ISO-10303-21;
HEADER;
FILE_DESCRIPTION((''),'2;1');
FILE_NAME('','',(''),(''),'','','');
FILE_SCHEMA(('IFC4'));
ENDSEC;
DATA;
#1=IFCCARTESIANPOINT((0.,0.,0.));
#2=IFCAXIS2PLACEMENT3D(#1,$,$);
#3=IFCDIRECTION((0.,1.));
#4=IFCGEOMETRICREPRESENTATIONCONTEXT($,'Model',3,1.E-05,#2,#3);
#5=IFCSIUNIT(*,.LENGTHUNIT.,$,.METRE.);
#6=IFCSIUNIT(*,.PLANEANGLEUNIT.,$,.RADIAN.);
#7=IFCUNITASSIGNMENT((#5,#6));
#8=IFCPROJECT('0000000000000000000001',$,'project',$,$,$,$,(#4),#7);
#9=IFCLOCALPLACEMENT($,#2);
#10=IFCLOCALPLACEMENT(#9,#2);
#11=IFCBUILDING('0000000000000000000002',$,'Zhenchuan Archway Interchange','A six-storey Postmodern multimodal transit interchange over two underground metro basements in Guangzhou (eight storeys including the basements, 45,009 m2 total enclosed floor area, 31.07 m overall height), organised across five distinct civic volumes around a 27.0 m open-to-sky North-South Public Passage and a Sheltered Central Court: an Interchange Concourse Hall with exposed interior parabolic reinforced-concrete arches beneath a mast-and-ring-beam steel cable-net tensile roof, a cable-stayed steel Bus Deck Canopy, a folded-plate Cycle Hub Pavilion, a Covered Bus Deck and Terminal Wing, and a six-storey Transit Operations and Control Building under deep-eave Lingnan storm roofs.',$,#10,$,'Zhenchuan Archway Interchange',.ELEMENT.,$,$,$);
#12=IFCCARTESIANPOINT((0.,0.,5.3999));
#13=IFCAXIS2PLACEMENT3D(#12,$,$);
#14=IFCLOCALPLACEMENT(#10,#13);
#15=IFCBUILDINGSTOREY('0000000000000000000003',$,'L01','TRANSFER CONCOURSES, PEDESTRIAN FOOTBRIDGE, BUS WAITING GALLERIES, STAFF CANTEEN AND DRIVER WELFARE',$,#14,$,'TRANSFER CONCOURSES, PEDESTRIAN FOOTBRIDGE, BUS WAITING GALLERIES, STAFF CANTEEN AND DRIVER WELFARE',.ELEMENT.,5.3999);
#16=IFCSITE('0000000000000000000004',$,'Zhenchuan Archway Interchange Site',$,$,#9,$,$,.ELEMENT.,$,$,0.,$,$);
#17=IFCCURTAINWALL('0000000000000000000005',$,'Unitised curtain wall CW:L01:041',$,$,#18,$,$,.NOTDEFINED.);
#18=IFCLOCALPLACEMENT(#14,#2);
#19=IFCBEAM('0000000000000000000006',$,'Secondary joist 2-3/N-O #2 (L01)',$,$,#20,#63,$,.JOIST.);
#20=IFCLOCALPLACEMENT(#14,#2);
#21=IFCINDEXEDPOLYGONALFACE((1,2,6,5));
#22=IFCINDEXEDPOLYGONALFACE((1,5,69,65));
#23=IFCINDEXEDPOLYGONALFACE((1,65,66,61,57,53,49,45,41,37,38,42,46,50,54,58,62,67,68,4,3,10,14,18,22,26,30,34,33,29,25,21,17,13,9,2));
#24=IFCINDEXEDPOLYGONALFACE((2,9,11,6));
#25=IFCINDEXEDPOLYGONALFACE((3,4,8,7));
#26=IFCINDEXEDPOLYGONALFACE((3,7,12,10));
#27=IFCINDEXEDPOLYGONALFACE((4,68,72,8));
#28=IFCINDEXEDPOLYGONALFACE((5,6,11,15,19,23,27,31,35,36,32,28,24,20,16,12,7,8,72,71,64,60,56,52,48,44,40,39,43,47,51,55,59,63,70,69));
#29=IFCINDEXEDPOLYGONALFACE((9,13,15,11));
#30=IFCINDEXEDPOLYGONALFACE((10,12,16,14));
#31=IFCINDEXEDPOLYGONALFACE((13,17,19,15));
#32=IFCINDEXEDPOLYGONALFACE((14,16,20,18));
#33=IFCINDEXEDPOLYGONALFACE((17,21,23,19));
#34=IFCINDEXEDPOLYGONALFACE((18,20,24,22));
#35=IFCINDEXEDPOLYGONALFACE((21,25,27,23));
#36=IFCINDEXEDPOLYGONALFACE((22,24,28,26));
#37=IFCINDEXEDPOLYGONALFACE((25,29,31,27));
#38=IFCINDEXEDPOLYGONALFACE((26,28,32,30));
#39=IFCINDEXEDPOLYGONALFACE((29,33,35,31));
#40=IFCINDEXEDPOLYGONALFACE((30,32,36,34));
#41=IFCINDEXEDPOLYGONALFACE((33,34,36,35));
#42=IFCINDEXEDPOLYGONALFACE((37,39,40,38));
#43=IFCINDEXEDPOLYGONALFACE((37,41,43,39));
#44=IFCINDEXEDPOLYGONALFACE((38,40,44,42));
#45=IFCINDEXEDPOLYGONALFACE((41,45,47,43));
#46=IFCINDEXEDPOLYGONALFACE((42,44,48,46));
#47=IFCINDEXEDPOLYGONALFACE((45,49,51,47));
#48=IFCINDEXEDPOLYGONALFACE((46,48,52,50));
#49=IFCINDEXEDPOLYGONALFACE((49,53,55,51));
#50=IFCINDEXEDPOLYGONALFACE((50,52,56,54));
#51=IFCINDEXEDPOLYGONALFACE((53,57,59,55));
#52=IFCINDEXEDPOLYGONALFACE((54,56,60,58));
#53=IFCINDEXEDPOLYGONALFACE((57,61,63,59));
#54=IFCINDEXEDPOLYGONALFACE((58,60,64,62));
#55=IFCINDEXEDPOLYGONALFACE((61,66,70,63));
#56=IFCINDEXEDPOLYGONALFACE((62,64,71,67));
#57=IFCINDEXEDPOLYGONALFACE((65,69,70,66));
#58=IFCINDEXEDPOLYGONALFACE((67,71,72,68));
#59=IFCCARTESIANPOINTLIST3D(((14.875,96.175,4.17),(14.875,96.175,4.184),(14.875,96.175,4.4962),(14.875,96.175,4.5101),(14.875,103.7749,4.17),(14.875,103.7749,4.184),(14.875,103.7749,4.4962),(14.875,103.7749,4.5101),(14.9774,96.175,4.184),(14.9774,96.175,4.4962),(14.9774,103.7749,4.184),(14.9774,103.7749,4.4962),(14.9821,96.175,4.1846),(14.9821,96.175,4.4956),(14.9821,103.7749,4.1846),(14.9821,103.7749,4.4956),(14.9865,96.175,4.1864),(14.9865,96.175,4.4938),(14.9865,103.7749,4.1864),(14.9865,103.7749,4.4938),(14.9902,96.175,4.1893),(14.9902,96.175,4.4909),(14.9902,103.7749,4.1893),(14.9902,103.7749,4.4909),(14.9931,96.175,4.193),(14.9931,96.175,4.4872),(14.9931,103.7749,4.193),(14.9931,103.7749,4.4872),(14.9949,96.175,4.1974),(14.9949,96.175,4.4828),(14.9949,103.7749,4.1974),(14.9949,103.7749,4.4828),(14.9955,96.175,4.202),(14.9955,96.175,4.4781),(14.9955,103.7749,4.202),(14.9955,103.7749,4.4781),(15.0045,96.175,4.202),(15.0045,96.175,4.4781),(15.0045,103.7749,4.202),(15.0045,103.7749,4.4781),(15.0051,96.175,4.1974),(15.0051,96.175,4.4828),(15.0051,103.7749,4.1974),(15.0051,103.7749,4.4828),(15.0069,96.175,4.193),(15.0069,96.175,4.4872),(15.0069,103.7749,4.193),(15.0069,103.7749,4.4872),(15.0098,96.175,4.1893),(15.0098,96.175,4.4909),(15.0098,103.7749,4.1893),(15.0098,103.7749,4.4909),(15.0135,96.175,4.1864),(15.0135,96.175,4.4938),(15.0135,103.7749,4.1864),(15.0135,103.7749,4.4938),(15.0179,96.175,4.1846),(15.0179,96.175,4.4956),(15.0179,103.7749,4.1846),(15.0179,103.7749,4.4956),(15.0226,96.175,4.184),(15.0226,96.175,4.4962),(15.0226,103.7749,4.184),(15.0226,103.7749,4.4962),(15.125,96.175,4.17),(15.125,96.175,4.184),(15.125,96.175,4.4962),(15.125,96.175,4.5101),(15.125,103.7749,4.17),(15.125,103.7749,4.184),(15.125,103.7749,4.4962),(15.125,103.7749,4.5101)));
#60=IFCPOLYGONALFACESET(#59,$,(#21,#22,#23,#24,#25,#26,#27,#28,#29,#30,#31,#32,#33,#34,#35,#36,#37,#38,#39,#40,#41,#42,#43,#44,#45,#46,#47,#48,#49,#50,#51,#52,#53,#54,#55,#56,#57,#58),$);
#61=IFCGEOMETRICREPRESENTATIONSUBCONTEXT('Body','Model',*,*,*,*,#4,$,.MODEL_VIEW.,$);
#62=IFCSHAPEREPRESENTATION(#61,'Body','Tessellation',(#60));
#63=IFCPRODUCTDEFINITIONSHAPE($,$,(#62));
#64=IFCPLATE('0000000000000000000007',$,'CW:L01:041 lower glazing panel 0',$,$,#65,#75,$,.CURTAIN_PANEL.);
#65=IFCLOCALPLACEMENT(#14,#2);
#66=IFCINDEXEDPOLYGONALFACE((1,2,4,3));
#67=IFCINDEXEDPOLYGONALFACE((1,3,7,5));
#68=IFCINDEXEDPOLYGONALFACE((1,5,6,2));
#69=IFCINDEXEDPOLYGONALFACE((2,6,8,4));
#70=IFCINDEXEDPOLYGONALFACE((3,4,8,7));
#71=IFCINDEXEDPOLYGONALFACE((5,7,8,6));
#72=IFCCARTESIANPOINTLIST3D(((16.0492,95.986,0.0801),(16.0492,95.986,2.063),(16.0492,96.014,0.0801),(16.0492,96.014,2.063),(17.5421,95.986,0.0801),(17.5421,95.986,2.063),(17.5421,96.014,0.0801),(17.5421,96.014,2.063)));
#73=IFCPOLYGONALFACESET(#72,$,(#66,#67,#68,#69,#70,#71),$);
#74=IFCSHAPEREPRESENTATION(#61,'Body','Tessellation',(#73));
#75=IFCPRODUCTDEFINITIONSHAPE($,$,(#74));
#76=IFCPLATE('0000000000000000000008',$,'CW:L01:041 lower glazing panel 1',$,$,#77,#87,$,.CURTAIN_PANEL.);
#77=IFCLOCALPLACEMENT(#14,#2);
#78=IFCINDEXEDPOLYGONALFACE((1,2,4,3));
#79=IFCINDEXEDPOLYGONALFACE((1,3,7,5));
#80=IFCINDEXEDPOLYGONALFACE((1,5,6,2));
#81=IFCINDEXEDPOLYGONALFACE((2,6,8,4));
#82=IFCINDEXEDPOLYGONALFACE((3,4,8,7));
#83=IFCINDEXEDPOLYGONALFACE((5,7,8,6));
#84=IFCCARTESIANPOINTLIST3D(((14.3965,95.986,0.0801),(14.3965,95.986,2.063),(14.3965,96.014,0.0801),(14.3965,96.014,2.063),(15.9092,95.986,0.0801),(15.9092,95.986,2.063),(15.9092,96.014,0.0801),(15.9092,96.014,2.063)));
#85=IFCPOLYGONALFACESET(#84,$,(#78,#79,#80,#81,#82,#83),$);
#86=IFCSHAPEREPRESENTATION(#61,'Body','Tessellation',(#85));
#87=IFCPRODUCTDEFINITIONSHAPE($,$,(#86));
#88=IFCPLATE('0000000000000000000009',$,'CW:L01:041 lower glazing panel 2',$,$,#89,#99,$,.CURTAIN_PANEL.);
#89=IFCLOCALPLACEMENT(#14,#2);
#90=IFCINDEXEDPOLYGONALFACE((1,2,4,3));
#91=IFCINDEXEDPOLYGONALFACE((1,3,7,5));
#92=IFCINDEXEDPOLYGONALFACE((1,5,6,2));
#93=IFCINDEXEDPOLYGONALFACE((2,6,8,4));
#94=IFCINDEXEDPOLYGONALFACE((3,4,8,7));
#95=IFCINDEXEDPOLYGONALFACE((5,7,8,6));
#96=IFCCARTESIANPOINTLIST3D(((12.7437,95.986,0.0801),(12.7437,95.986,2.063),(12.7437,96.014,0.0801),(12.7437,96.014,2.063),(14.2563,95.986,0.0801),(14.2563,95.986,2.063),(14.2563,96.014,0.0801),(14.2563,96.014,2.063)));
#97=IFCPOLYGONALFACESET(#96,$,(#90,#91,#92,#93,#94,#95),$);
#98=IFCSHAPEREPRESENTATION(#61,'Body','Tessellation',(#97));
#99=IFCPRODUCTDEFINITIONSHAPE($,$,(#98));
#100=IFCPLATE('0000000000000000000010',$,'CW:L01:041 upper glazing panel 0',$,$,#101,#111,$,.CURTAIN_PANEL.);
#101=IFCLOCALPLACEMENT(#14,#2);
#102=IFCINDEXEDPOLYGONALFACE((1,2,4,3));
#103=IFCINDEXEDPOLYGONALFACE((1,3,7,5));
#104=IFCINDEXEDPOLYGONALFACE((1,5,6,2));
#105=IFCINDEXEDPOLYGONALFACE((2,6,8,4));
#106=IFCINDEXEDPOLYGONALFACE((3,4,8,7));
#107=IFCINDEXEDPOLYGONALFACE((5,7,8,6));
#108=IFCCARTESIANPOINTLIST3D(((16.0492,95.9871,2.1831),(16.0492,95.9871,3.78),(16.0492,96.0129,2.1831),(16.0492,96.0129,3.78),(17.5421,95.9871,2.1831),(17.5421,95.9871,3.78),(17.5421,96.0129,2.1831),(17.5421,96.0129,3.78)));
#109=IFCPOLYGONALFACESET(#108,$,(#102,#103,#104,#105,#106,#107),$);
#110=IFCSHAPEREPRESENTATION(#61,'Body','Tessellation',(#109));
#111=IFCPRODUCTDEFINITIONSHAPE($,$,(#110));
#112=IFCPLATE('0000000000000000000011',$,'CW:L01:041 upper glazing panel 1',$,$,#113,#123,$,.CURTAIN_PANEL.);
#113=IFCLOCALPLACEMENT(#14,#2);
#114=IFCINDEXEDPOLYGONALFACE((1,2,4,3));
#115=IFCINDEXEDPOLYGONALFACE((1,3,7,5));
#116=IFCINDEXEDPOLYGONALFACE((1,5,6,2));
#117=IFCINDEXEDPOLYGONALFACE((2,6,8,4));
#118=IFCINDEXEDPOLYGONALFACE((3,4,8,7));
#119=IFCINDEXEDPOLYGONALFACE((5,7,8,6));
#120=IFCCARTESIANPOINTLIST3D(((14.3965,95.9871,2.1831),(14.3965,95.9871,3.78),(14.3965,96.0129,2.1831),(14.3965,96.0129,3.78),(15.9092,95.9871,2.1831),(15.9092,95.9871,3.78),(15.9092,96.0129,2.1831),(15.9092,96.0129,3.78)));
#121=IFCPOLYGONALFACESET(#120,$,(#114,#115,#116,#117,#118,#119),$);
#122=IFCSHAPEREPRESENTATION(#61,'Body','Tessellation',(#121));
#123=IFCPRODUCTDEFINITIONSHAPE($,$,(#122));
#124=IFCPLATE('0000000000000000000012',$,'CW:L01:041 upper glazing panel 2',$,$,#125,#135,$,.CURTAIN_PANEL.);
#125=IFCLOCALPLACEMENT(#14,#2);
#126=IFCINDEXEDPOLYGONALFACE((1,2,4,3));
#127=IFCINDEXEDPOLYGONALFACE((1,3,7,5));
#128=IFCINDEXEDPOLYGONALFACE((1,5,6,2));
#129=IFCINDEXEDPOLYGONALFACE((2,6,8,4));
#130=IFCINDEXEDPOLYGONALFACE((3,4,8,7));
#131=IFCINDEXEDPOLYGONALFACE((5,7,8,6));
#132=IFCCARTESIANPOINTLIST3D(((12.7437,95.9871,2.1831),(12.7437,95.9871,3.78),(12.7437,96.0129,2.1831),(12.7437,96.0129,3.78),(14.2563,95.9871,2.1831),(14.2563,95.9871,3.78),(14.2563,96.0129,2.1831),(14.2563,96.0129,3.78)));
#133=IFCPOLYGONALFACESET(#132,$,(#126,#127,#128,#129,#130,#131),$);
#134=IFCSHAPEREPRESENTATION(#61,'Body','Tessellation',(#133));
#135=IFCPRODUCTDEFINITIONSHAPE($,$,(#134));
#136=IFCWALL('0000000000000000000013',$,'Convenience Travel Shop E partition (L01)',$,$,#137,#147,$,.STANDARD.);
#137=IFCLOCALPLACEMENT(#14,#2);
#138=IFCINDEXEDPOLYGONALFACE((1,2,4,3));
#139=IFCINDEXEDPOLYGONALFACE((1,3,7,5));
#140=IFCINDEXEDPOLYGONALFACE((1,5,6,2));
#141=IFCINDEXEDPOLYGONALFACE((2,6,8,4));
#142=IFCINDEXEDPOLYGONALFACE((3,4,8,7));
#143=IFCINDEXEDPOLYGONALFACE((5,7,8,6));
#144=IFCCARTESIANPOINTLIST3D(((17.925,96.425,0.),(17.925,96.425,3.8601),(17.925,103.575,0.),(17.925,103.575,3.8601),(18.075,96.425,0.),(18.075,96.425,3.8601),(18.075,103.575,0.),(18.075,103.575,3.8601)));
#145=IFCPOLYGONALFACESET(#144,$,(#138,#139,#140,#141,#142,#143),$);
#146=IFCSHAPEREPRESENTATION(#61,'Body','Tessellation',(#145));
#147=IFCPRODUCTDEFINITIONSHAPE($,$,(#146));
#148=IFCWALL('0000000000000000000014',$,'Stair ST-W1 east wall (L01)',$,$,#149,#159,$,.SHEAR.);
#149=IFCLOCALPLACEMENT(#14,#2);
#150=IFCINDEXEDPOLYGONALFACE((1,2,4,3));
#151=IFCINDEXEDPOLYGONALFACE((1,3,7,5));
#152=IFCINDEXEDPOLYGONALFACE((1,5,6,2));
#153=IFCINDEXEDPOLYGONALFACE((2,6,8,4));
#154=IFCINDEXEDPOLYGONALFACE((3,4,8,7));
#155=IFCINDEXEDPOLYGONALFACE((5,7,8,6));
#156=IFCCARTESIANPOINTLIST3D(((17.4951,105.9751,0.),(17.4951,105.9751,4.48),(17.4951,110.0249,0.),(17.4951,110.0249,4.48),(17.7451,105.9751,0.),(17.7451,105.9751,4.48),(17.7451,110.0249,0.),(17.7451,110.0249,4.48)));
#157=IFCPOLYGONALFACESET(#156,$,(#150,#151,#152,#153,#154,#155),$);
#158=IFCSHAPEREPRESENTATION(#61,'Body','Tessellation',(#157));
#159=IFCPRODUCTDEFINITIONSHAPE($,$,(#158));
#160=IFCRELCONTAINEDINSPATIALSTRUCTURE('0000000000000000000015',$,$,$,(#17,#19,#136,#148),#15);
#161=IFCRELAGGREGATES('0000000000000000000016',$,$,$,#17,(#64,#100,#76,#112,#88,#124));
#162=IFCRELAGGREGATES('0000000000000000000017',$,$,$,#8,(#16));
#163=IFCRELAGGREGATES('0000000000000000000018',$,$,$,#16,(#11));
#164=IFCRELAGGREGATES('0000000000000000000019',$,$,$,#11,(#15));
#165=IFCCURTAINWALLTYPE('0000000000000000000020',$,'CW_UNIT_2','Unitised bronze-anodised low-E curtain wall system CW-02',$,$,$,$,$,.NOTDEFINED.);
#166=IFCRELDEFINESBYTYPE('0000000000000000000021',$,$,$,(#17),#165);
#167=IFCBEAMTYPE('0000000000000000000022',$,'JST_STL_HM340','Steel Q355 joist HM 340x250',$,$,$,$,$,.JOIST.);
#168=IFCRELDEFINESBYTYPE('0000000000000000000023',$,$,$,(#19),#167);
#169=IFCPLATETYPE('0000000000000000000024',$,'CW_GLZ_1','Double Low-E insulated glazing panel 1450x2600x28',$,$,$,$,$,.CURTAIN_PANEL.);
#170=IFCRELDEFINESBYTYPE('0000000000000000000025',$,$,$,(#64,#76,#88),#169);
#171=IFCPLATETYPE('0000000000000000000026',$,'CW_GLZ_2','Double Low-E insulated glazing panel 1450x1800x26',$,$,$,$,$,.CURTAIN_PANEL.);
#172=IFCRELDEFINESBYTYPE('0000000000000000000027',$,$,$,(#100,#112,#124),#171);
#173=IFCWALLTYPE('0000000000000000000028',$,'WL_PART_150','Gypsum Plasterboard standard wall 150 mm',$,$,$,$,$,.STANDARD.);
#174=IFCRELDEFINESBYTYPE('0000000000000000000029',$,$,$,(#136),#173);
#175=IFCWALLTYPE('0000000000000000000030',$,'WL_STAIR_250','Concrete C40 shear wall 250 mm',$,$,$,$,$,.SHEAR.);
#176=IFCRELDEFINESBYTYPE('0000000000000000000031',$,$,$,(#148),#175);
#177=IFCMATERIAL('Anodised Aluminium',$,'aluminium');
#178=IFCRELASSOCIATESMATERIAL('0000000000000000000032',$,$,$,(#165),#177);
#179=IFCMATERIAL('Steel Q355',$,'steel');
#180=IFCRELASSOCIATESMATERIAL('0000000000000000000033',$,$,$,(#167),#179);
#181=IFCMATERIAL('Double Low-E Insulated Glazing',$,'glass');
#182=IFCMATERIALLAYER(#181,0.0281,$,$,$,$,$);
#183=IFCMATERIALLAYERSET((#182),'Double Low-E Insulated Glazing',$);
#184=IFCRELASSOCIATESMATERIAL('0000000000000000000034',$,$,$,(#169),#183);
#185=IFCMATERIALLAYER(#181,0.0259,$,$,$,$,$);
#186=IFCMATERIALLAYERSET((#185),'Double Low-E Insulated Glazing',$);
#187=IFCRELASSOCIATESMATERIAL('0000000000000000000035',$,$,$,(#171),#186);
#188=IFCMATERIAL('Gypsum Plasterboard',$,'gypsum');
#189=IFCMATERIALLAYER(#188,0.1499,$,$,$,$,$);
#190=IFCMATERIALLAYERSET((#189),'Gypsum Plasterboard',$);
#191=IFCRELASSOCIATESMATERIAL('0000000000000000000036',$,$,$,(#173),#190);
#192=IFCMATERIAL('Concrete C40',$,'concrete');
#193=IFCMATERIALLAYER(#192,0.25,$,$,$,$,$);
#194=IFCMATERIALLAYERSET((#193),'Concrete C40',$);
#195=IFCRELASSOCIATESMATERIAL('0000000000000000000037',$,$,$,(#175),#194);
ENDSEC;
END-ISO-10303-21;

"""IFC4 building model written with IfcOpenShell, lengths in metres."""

from ifc_helpers import new_model, si_unit, direction, frame, frame_2d, origin, origin_2d, place, context, subcontext, project, spatial, rectangle, i_section, extrude, material, layer, layer_set, material_profile, profile_set, type_object, element, aggregate, save


model = new_model("IFC4")

# Units and contexts
model_context = context("Model", 3, precision=1e-05, world=origin(), true_north=direction((0.0, 1.0)))
body_context = subcontext(model_context, "Body", "Model", "MODEL_VIEW")
ifc_project = project(units=[si_unit("LENGTHUNIT", "METRE"), si_unit("PLANEANGLEUNIT", "RADIAN")], contexts=[model_context])

# Site, building, storey
site_placement = place(None, origin())
site = spatial("IfcSite", under=ifc_project, at=site_placement, Name="Zhenchuan Archway Interchange Site", CompositionType="ELEMENT", RefElevation=0.0)
building_placement = place(site_placement, origin())
building = spatial("IfcBuilding", under=site, at=building_placement, Name="Zhenchuan Archway Interchange", Description="A six-storey Postmodern multimodal transit interchange over two underground metro basements in Guangzhou (eight storeys including the basements, 45,009 m2 total enclosed floor area, 31.07 m overall height), organised across five distinct civic volumes around a 27.0 m open-to-sky North-South Public Passage and a Sheltered Central Court: an Interchange Concourse Hall with exposed interior parabolic reinforced-concrete arches beneath a mast-and-ring-beam steel cable-net tensile roof, a cable-stayed steel Bus Deck Canopy, a folded-plate Cycle Hub Pavilion, a Covered Bus Deck and Terminal Wing, and a six-storey Transit Operations and Control Building under deep-eave Lingnan storm roofs.", LongName="Zhenchuan Archway Interchange", CompositionType="ELEMENT")
storey_placement = place(building_placement, frame((0.0, 0.0, 5.3999)))
storey = spatial("IfcBuildingStorey", under=building, at=storey_placement, Name="L01", Description="TRANSFER CONCOURSES, PEDESTRIAN FOOTBRIDGE, BUS WAITING GALLERIES, STAFF CANTEEN AND DRIVER WELFARE", LongName="TRANSFER CONCOURSES, PEDESTRIAN FOOTBRIDGE, BUS WAITING GALLERIES, STAFF CANTEEN AND DRIVER WELFARE", CompositionType="ELEMENT", Elevation=5.3999)

# Shared definitions
ifc_material_1 = material(Name="Concrete C40", Category="concrete")

# Curtain wall
ifc_material_2 = material(Name="Anodised Aluminium", Category="aluminium")
curtain_wall_type = type_object("IfcCurtainWallType", Name="CW_UNIT_2", Description="Unitised bronze-anodised low-E curtain wall system CW-02", PredefinedType="NOTDEFINED", material=ifc_material_2)
curtain_wall_placement = place(storey_placement, origin())
curtain_wall = element("IfcCurtainWall", 1, at=curtain_wall_placement, inside=storey, type_object=curtain_wall_type, Name="Unitised curtain wall CW:L01:041", PredefinedType="NOTDEFINED")

# Beam
ifc_material_3 = material(Name="Steel Q355", Category="steel")
ifc_material_profile_1 = material_profile(ifc_material_3, i_section(OverallWidth=0.25, OverallDepth=0.3401, WebThickness=0.009, FlangeThickness=0.0139, FilletRadius=0.0181, at=origin_2d()), Name="HM 340x250")
ifc_profile_set_1 = profile_set([ifc_material_profile_1], Name="Steel Q355")
beam_type_1 = type_object("IfcBeamType", Name="JST_STL_HM340", Description="Steel Q355 joist HM 340x250", PredefinedType="JOIST", material=ifc_profile_set_1)
for number, where, z_axis, x_axis, name in (
    (2, (15.0, 96.175, 4.3401), (0.0, 1.0, 0.0), (-1.0, 0.0, 0.0), "Secondary joist 2-3/N-O #2 (L01)"),
):
    element("IfcBeam", number, at=place(storey_placement, frame(where, z_axis=z_axis, x_axis=x_axis)), inside=storey, type_object=beam_type_1, Name=name, PredefinedType="JOIST", context=body_context, shape_type="SweptSolid", body=[
        extrude(i_section(OverallWidth=0.25, OverallDepth=0.3401, WebThickness=0.009, FlangeThickness=0.0139, FilletRadius=0.0181, at=origin_2d()), origin(), (0.0, 0.0, 1.0), 7.5999),
    ])

# Plates
ifc_material_4 = material(Name="Double Low-E Insulated Glazing", Category="glass")
ifc_layer_1 = layer(ifc_material_4, 0.0281)
ifc_layer_set_1 = layer_set([ifc_layer_1], Name="Double Low-E Insulated Glazing")
plate_type_1 = type_object("IfcPlateType", Name="CW_GLZ_1", Description="Double Low-E insulated glazing panel 1450x2600x28", PredefinedType="CURTAIN_PANEL", material=ifc_layer_set_1)
plate_1_placement = place(storey_placement, frame((16.7957, 96.0, 0.0801), z_axis=(0.0, 0.0, 1.0), x_axis=(-1.0, 0.0, 0.0)))
plate_1 = element("IfcPlate", 3, at=plate_1_placement, type_object=plate_type_1, Name="CW:L01:041 lower glazing panel 0", PredefinedType="CURTAIN_PANEL", context=body_context, shape_type="SweptSolid", body=[
    extrude(rectangle(XDim=1.4929, YDim=0.0281, at=origin_2d()), origin(), (0.0, 0.0, 1.0), 1.9829),
])
plate_2_placement = place(storey_placement, frame((15.1528, 96.0, 0.0801), z_axis=(0.0, 0.0, 1.0), x_axis=(-1.0, 0.0, 0.0)))
plate_2 = element("IfcPlate", 4, at=plate_2_placement, type_object=plate_type_1, Name="CW:L01:041 lower glazing panel 1", PredefinedType="CURTAIN_PANEL", context=body_context, shape_type="SweptSolid", body=[
    extrude(rectangle(XDim=1.5127, YDim=0.0281, at=origin_2d()), origin(), (0.0, 0.0, 1.0), 1.9829),
])
plate_3_placement = place(storey_placement, frame((13.5, 96.0, 0.0801), z_axis=(0.0, 0.0, 1.0), x_axis=(-1.0, 0.0, 0.0)))
plate_3 = element("IfcPlate", 5, at=plate_3_placement, type_object=plate_type_1, Name="CW:L01:041 lower glazing panel 2", PredefinedType="CURTAIN_PANEL", context=body_context, shape_type="SweptSolid", body=[
    extrude(rectangle(XDim=1.5127, YDim=0.0281, at=origin_2d()), origin(), (0.0, 0.0, 1.0), 1.9829),
])
ifc_layer_2 = layer(ifc_material_4, 0.0259)
ifc_layer_set_2 = layer_set([ifc_layer_2], Name="Double Low-E Insulated Glazing")
plate_type_2 = type_object("IfcPlateType", Name="CW_GLZ_2", Description="Double Low-E insulated glazing panel 1450x1800x26", PredefinedType="CURTAIN_PANEL", material=ifc_layer_set_2)
plate_4_placement = place(storey_placement, frame((16.7957, 96.0, 2.1831), z_axis=(0.0, 0.0, 1.0), x_axis=(-1.0, 0.0, 0.0)))
plate_4 = element("IfcPlate", 6, at=plate_4_placement, type_object=plate_type_2, Name="CW:L01:041 upper glazing panel 0", PredefinedType="CURTAIN_PANEL", context=body_context, shape_type="SweptSolid", body=[
    extrude(rectangle(XDim=1.4929, YDim=0.0259, at=origin_2d()), origin(), (0.0, 0.0, 1.0), 1.5969),
])
plate_5_placement = place(storey_placement, frame((15.1528, 96.0, 2.1831), z_axis=(0.0, 0.0, 1.0), x_axis=(-1.0, 0.0, 0.0)))
plate_5 = element("IfcPlate", 7, at=plate_5_placement, type_object=plate_type_2, Name="CW:L01:041 upper glazing panel 1", PredefinedType="CURTAIN_PANEL", context=body_context, shape_type="SweptSolid", body=[
    extrude(rectangle(XDim=1.5127, YDim=0.0259, at=origin_2d()), origin(), (0.0, 0.0, 1.0), 1.5969),
])
plate_6_placement = place(storey_placement, frame((13.5, 96.0, 2.1831), z_axis=(0.0, 0.0, 1.0), x_axis=(-1.0, 0.0, 0.0)))
plate_6 = element("IfcPlate", 8, at=plate_6_placement, type_object=plate_type_2, Name="CW:L01:041 upper glazing panel 2", PredefinedType="CURTAIN_PANEL", context=body_context, shape_type="SweptSolid", body=[
    extrude(rectangle(XDim=1.5127, YDim=0.0259, at=origin_2d()), origin(), (0.0, 0.0, 1.0), 1.5969),
])
aggregate(curtain_wall, [plate_1, plate_4, plate_2, plate_5, plate_3, plate_6])

# Walls
ifc_material_5 = material(Name="Gypsum Plasterboard", Category="gypsum")
ifc_layer_3 = layer(ifc_material_5, 0.1499)
ifc_layer_set_3 = layer_set([ifc_layer_3], Name="Gypsum Plasterboard")
wall_type_1 = type_object("IfcWallType", Name="WL_PART_150", Description="Gypsum Plasterboard standard wall 150 mm", PredefinedType="STANDARD", material=ifc_layer_set_3)
wall_1_placement = place(storey_placement, frame((18.0, 96.425, 0.0), z_axis=(0.0, 0.0, 1.0), x_axis=(0.0, 1.0, 0.0)))
element("IfcWall", 9, at=wall_1_placement, inside=storey, type_object=wall_type_1, Name="Convenience Travel Shop E partition (L01)", PredefinedType="STANDARD", context=body_context, shape_type="SweptSolid", body=[
    extrude(rectangle(XDim=7.1499, YDim=0.1499, at=frame_2d((3.575, 0.0))), origin(), (0.0, 0.0, 1.0), 3.8601),
])
ifc_layer_4 = layer(ifc_material_1, 0.25)
ifc_layer_set_4 = layer_set([ifc_layer_4], Name="Concrete C40")
wall_type_2 = type_object("IfcWallType", Name="WL_STAIR_250", Description="Concrete C40 shear wall 250 mm", PredefinedType="SHEAR", material=ifc_layer_set_4)
wall_2_placement = place(storey_placement, frame((17.6201, 105.9751, 0.0), z_axis=(0.0, 0.0, 1.0), x_axis=(0.0, 1.0, 0.0)))
element("IfcWall", 10, at=wall_2_placement, inside=storey, type_object=wall_type_2, Name="Stair ST-W1 east wall (L01)", PredefinedType="SHEAR", context=body_context, shape_type="SweptSolid", body=[
    extrude(rectangle(XDim=4.0498, YDim=0.25, at=frame_2d((2.0249, 0.0))), origin(), (0.0, 0.0, 1.0), 4.48),
])

save(model, "model.ifc")
